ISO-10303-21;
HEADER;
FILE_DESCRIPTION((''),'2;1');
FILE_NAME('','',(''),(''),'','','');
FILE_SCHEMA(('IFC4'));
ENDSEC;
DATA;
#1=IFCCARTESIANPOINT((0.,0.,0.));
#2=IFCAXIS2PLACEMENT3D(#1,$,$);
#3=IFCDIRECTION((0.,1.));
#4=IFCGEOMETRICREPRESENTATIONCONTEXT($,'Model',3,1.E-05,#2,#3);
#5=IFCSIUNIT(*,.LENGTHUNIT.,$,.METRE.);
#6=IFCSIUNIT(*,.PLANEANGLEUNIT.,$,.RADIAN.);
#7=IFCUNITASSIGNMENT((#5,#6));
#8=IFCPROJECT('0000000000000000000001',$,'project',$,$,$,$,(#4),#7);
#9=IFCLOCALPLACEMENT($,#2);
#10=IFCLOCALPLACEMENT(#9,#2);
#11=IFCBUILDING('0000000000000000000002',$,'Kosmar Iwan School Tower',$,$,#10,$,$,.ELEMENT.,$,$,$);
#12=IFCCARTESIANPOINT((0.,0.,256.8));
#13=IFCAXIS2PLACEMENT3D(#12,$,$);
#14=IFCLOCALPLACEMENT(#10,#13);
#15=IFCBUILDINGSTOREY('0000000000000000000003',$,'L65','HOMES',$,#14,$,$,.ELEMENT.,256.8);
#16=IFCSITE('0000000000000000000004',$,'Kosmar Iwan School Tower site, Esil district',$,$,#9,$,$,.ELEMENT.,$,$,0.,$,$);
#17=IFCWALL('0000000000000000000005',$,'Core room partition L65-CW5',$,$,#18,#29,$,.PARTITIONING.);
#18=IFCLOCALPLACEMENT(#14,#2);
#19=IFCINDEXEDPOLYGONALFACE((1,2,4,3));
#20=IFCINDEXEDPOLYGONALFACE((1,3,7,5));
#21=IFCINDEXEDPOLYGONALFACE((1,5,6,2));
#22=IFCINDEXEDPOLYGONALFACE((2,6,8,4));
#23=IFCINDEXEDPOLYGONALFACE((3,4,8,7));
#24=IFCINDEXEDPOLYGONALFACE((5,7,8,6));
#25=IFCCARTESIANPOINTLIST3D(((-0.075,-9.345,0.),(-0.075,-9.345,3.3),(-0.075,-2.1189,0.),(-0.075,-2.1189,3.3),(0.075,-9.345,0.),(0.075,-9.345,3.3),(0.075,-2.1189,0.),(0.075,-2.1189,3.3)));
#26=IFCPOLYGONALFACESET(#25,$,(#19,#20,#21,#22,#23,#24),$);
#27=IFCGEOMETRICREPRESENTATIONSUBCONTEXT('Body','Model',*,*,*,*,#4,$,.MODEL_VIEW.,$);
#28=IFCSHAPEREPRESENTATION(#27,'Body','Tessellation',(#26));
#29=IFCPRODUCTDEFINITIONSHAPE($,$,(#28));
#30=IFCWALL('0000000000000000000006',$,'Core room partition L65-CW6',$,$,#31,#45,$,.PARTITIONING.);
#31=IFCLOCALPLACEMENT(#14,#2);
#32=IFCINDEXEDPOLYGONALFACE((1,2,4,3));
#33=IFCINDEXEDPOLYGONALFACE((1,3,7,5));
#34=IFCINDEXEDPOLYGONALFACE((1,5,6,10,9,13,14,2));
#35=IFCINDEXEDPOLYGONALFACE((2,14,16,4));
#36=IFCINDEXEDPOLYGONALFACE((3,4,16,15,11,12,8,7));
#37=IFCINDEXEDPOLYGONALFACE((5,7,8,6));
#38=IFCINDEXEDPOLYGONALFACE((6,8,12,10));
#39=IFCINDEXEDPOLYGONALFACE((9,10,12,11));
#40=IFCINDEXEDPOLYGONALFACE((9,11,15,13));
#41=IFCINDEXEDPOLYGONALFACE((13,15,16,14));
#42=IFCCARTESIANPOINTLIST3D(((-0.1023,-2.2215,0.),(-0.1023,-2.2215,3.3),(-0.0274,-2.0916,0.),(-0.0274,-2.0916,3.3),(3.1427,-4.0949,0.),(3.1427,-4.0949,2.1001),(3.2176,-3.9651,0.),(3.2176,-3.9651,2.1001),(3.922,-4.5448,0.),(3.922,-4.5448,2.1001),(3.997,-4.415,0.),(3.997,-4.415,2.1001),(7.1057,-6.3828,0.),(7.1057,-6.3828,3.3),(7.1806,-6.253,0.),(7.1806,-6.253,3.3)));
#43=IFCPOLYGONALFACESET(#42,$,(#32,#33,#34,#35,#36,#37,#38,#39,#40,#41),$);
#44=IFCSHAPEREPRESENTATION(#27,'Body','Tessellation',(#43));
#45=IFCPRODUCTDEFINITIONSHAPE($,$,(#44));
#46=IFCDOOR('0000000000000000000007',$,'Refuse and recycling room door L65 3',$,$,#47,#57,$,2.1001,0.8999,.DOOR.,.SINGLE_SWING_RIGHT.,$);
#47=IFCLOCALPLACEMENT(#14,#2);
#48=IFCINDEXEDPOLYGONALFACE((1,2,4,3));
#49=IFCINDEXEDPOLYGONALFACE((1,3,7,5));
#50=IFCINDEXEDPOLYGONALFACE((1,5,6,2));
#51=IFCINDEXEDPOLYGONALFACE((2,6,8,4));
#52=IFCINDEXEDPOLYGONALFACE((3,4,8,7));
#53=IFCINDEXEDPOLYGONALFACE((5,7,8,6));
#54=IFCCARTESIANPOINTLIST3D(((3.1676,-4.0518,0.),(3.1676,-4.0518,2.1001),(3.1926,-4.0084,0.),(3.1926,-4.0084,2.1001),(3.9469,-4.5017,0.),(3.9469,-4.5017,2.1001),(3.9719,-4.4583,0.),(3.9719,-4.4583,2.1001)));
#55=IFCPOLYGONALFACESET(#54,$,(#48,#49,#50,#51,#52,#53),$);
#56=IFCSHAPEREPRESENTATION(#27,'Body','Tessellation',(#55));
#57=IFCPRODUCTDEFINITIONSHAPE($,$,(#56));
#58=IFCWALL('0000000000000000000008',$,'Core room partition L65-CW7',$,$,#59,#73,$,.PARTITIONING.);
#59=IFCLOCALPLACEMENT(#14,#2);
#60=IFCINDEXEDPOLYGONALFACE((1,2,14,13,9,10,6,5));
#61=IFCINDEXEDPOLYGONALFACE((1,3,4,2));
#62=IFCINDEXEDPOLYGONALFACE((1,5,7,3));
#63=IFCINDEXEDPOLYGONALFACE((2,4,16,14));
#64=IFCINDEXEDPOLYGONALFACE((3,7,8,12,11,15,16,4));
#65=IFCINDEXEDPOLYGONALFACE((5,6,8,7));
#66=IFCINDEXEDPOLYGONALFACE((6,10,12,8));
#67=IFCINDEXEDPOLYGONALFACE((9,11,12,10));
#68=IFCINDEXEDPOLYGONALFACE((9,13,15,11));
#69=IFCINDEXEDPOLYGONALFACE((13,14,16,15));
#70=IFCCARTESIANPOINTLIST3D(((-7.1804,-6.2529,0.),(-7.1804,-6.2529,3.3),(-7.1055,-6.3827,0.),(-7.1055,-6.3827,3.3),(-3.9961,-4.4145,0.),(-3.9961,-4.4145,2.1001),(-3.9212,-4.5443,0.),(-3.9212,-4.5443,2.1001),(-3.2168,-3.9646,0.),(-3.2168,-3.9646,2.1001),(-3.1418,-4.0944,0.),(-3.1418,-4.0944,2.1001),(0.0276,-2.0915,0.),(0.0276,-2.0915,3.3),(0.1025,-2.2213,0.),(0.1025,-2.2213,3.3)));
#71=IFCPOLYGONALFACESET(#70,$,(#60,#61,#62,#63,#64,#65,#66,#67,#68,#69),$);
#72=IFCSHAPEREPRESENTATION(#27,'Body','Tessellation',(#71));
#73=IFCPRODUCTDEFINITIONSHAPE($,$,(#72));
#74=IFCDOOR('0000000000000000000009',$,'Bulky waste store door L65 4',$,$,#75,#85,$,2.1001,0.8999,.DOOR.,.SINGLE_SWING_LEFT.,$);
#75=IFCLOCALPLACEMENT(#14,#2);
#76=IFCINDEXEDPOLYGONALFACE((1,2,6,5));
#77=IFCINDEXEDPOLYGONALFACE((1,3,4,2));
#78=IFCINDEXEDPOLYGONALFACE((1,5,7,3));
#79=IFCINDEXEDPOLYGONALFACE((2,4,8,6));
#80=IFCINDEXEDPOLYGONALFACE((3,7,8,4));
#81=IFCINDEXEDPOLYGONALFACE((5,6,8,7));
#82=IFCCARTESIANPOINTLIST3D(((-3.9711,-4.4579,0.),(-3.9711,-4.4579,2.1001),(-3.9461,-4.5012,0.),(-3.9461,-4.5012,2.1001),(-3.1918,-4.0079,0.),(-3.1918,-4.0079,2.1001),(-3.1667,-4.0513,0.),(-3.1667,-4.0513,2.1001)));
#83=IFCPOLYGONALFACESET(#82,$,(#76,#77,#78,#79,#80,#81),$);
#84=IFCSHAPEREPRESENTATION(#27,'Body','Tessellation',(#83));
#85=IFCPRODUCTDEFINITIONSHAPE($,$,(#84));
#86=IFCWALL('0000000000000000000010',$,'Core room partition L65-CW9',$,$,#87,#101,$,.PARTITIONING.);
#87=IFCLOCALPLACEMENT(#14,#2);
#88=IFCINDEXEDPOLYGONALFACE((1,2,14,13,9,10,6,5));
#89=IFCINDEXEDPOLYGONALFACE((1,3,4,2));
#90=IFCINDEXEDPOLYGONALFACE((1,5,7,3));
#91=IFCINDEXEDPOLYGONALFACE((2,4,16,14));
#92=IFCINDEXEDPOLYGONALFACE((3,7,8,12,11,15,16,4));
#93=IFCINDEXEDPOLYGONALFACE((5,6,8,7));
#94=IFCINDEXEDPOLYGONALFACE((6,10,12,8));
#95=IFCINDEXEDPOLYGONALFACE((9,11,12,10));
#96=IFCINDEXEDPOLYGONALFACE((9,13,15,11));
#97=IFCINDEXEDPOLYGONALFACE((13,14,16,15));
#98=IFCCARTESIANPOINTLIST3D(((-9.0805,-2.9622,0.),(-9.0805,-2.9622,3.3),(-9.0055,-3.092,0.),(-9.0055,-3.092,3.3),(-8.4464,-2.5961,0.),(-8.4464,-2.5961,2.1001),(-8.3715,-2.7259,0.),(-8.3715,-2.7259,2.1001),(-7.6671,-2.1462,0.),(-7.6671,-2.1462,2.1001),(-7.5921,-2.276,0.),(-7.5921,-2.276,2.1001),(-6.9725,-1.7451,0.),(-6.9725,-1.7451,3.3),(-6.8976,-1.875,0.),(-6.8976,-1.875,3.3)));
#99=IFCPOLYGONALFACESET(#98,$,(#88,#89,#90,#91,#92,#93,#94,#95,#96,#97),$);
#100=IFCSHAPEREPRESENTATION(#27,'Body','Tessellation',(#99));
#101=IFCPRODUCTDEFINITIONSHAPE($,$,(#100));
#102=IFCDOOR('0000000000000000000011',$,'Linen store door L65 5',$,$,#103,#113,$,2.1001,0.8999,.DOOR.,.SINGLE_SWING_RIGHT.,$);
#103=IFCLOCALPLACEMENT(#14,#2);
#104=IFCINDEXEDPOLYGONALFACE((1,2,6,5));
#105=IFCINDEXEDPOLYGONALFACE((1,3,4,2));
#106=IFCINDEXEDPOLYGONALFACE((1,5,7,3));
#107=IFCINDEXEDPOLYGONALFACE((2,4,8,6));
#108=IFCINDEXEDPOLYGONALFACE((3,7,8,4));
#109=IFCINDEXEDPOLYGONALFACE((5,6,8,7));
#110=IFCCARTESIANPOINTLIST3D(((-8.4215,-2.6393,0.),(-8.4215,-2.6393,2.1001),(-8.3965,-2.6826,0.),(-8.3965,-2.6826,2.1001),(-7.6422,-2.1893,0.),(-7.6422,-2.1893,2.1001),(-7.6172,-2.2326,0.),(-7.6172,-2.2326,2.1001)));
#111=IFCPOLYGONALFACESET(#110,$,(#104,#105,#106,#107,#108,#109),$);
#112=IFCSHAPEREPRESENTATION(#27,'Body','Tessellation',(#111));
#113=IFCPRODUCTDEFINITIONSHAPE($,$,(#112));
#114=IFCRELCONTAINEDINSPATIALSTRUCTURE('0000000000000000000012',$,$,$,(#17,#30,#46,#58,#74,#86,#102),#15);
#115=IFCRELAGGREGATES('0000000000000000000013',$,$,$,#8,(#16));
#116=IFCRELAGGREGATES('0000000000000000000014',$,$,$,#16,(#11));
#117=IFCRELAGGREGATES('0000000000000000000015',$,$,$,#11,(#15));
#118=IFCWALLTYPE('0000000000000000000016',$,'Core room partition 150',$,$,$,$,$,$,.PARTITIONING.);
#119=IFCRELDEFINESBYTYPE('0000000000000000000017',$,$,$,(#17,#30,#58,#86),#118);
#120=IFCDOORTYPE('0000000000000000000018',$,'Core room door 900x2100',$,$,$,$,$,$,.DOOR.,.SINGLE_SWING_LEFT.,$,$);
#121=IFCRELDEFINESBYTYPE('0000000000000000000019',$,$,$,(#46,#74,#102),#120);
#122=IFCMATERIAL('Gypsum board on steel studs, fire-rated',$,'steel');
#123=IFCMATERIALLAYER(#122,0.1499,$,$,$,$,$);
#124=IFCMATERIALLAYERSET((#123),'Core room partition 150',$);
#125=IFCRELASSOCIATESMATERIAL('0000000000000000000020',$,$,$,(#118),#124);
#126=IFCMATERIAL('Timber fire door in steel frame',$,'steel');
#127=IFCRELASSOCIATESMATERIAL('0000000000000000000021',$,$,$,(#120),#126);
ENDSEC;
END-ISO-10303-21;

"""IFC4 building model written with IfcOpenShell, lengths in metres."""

from ifc_helpers import new_model, si_unit, direction, frame, frame_2d, origin, place, context, subcontext, project, spatial, rectangle, extrude, material, layer, layer_set, type_object, element, fill, save


model = new_model("IFC4")

# Units and contexts
model_context = context("Model", 3, precision=1e-05, world=origin(), true_north=direction((0.0, 1.0)))
body_context = subcontext(model_context, "Body", "Model", "MODEL_VIEW")
ifc_project = project(units=[si_unit("LENGTHUNIT", "METRE"), si_unit("PLANEANGLEUNIT", "RADIAN")], contexts=[model_context])

# Site, building, storey
site_placement = place(None, origin())
site = spatial("IfcSite", under=ifc_project, at=site_placement, Name="Kosmar Iwan School Tower site, Esil district", CompositionType="ELEMENT", RefElevation=0.0)
building_placement = place(site_placement, origin())
building = spatial("IfcBuilding", under=site, at=building_placement, Name="Kosmar Iwan School Tower", CompositionType="ELEMENT")
storey_placement = place(building_placement, frame((0.0, 0.0, 256.8)))
storey = spatial("IfcBuildingStorey", under=building, at=storey_placement, Name="L65", Description="HOMES", CompositionType="ELEMENT", Elevation=256.8)

# Wall
ifc_material_1 = material(Name="Gypsum board on steel studs, fire-rated", Category="steel")
ifc_layer_1 = layer(ifc_material_1, 0.1499)
ifc_layer_set_1 = layer_set([ifc_layer_1], Name="Core room partition 150")
wall_type_1 = type_object("IfcWallType", Name="Core room partition 150", PredefinedType="PARTITIONING", material=ifc_layer_set_1)
wall_1_placement = place(storey_placement, frame((0.0, -9.345, 0.0), z_axis=(0.0, 0.0, 1.0), x_axis=(0.0, 1.0, 0.0)))
element("IfcWall", 1, at=wall_1_placement, inside=storey, type_object=wall_type_1, Name="Core room partition L65-CW5", PredefinedType="PARTITIONING", context=body_context, shape_type="SweptSolid", body=[
    extrude(rectangle(XDim=7.2261, YDim=0.1499, at=frame_2d((3.613, 0.0))), origin(), (0.0, 0.0, 1.0), 3.3),
])

# Walls, openings, doors
wall_2_placement = place(storey_placement, frame((-0.0649, -2.1565, 0.0), z_axis=(0.0, 0.0, 1.0), x_axis=(0.866034, -0.499985, 0.0)))
wall_2 = element("IfcWall", 2, at=wall_2_placement, inside=storey, type_object=wall_type_1, Name="Core room partition L65-CW6", PredefinedType="PARTITIONING", context=body_context, shape_type="SweptSolid", body=[
    extrude(rectangle(XDim=8.323, YDim=0.1499, at=frame_2d((4.1616, 0.0))), origin(), (0.0, 0.0, 1.0), 3.3),
])
opening_1_placement = place(wall_2_placement, frame((3.7471, 0.0, 0.0)))
opening_1 = element("IfcOpeningElement", 3, at=opening_1_placement, cuts=wall_2, PredefinedType="OPENING", context=body_context, shape_type="SweptSolid", body=[
    extrude(rectangle(XDim=0.8999, YDim=2.1001, at=frame_2d((0.45, 1.05))), frame((0.0, 0.0869, 0.0), z_axis=(0.0, -1.0, 0.0), x_axis=(1.0, 0.0, 0.0)), (0.0, 0.0, 1.0), 0.1738),
])
ifc_material_2 = material(Name="Timber fire door in steel frame", Category="steel")
door_type_1 = type_object("IfcDoorType", Name="Core room door 900x2100", OperationType="SINGLE_SWING_LEFT", PredefinedType="DOOR", material=ifc_material_2)
door_1_placement = place(opening_1_placement, origin())
door_1 = element("IfcDoor", 4, at=door_1_placement, inside=storey, type_object=door_type_1, Name="Refuse and recycling room door L65 3", OperationType="SINGLE_SWING_RIGHT", OverallHeight=2.1001, OverallWidth=0.8999, PredefinedType="DOOR", context=body_context, shape_type="SweptSolid", body=[
    extrude(rectangle(XDim=0.8999, YDim=2.1001, at=frame_2d((0.45, 1.05))), frame((0.0, 0.0249, 0.0), z_axis=(0.0, -1.0, 0.0), x_axis=(1.0, 0.0, 0.0)), (0.0, 0.0, 1.0), 0.05),
])
fill(opening_1, door_1)
wall_3_placement = place(storey_placement, frame((-7.1431, -6.3179, 0.0), z_axis=(0.0, 0.0, 1.0), x_axis=(0.866034, 0.499985, 0.0)))
wall_3 = element("IfcWall", 5, at=wall_3_placement, inside=storey, type_object=wall_type_1, Name="Core room partition L65-CW7", PredefinedType="PARTITIONING", context=body_context, shape_type="SweptSolid", body=[
    extrude(rectangle(XDim=8.323, YDim=0.1499, at=frame_2d((4.1616, 0.0))), origin(), (0.0, 0.0, 1.0), 3.3),
])
opening_2_placement = place(wall_3_placement, frame((3.677, 0.0, 0.0)))
opening_2 = element("IfcOpeningElement", 6, at=opening_2_placement, cuts=wall_3, PredefinedType="OPENING", context=body_context, shape_type="SweptSolid", body=[
    extrude(rectangle(XDim=0.8999, YDim=2.1001, at=frame_2d((0.45, 1.05))), frame((0.0, 0.0869, 0.0), z_axis=(0.0, -1.0, 0.0), x_axis=(1.0, 0.0, 0.0)), (0.0, 0.0, 1.0), 0.1738),
])
door_2_placement = place(opening_2_placement, origin())
door_2 = element("IfcDoor", 7, at=door_2_placement, inside=storey, type_object=door_type_1, Name="Bulky waste store door L65 4", OperationType="SINGLE_SWING_LEFT", OverallHeight=2.1001, OverallWidth=0.8999, PredefinedType="DOOR", context=body_context, shape_type="SweptSolid", body=[
    extrude(rectangle(XDim=0.8999, YDim=2.1001, at=frame_2d((0.45, 1.05))), frame((0.0, 0.0249, 0.0), z_axis=(0.0, -1.0, 0.0), x_axis=(1.0, 0.0, 0.0)), (0.0, 0.0, 1.0), 0.05),
])
fill(opening_2, door_2)
wall_4_placement = place(storey_placement, frame((-6.9351, -1.8101, 0.0), z_axis=(0.0, 0.0, 1.0), x_axis=(-0.866019, -0.500012, 0.0)))
wall_4 = element("IfcWall", 8, at=wall_4_placement, inside=storey, type_object=wall_type_1, Name="Core room partition L65-CW9", PredefinedType="PARTITIONING", context=body_context, shape_type="SweptSolid", body=[
    extrude(rectangle(XDim=2.4341, YDim=0.1499, at=frame_2d((1.217, 0.0))), origin(), (0.0, 0.0, 1.0), 3.3),
])
opening_3_placement = place(wall_4_placement, frame((0.802, 0.0, 0.0)))
opening_3 = element("IfcOpeningElement", 9, at=opening_3_placement, cuts=wall_4, PredefinedType="OPENING", context=body_context, shape_type="SweptSolid", body=[
    extrude(rectangle(XDim=0.8999, YDim=2.1001, at=frame_2d((0.45, 1.05))), frame((0.0, 0.0869, 0.0), z_axis=(0.0, -1.0, 0.0), x_axis=(1.0, 0.0, 0.0)), (0.0, 0.0, 1.0), 0.1738),
])
door_3_placement = place(opening_3_placement, origin())
door_3 = element("IfcDoor", 10, at=door_3_placement, inside=storey, type_object=door_type_1, Name="Linen store door L65 5", OperationType="SINGLE_SWING_RIGHT", OverallHeight=2.1001, OverallWidth=0.8999, PredefinedType="DOOR", context=body_context, shape_type="SweptSolid", body=[
    extrude(rectangle(XDim=0.8999, YDim=2.1001, at=frame_2d((0.45, 1.05))), frame((0.0, 0.0249, 0.0), z_axis=(0.0, -1.0, 0.0), x_axis=(1.0, 0.0, 0.0)), (0.0, 0.0, 1.0), 0.05),
])
fill(opening_3, door_3)

save(model, "model.ifc")
